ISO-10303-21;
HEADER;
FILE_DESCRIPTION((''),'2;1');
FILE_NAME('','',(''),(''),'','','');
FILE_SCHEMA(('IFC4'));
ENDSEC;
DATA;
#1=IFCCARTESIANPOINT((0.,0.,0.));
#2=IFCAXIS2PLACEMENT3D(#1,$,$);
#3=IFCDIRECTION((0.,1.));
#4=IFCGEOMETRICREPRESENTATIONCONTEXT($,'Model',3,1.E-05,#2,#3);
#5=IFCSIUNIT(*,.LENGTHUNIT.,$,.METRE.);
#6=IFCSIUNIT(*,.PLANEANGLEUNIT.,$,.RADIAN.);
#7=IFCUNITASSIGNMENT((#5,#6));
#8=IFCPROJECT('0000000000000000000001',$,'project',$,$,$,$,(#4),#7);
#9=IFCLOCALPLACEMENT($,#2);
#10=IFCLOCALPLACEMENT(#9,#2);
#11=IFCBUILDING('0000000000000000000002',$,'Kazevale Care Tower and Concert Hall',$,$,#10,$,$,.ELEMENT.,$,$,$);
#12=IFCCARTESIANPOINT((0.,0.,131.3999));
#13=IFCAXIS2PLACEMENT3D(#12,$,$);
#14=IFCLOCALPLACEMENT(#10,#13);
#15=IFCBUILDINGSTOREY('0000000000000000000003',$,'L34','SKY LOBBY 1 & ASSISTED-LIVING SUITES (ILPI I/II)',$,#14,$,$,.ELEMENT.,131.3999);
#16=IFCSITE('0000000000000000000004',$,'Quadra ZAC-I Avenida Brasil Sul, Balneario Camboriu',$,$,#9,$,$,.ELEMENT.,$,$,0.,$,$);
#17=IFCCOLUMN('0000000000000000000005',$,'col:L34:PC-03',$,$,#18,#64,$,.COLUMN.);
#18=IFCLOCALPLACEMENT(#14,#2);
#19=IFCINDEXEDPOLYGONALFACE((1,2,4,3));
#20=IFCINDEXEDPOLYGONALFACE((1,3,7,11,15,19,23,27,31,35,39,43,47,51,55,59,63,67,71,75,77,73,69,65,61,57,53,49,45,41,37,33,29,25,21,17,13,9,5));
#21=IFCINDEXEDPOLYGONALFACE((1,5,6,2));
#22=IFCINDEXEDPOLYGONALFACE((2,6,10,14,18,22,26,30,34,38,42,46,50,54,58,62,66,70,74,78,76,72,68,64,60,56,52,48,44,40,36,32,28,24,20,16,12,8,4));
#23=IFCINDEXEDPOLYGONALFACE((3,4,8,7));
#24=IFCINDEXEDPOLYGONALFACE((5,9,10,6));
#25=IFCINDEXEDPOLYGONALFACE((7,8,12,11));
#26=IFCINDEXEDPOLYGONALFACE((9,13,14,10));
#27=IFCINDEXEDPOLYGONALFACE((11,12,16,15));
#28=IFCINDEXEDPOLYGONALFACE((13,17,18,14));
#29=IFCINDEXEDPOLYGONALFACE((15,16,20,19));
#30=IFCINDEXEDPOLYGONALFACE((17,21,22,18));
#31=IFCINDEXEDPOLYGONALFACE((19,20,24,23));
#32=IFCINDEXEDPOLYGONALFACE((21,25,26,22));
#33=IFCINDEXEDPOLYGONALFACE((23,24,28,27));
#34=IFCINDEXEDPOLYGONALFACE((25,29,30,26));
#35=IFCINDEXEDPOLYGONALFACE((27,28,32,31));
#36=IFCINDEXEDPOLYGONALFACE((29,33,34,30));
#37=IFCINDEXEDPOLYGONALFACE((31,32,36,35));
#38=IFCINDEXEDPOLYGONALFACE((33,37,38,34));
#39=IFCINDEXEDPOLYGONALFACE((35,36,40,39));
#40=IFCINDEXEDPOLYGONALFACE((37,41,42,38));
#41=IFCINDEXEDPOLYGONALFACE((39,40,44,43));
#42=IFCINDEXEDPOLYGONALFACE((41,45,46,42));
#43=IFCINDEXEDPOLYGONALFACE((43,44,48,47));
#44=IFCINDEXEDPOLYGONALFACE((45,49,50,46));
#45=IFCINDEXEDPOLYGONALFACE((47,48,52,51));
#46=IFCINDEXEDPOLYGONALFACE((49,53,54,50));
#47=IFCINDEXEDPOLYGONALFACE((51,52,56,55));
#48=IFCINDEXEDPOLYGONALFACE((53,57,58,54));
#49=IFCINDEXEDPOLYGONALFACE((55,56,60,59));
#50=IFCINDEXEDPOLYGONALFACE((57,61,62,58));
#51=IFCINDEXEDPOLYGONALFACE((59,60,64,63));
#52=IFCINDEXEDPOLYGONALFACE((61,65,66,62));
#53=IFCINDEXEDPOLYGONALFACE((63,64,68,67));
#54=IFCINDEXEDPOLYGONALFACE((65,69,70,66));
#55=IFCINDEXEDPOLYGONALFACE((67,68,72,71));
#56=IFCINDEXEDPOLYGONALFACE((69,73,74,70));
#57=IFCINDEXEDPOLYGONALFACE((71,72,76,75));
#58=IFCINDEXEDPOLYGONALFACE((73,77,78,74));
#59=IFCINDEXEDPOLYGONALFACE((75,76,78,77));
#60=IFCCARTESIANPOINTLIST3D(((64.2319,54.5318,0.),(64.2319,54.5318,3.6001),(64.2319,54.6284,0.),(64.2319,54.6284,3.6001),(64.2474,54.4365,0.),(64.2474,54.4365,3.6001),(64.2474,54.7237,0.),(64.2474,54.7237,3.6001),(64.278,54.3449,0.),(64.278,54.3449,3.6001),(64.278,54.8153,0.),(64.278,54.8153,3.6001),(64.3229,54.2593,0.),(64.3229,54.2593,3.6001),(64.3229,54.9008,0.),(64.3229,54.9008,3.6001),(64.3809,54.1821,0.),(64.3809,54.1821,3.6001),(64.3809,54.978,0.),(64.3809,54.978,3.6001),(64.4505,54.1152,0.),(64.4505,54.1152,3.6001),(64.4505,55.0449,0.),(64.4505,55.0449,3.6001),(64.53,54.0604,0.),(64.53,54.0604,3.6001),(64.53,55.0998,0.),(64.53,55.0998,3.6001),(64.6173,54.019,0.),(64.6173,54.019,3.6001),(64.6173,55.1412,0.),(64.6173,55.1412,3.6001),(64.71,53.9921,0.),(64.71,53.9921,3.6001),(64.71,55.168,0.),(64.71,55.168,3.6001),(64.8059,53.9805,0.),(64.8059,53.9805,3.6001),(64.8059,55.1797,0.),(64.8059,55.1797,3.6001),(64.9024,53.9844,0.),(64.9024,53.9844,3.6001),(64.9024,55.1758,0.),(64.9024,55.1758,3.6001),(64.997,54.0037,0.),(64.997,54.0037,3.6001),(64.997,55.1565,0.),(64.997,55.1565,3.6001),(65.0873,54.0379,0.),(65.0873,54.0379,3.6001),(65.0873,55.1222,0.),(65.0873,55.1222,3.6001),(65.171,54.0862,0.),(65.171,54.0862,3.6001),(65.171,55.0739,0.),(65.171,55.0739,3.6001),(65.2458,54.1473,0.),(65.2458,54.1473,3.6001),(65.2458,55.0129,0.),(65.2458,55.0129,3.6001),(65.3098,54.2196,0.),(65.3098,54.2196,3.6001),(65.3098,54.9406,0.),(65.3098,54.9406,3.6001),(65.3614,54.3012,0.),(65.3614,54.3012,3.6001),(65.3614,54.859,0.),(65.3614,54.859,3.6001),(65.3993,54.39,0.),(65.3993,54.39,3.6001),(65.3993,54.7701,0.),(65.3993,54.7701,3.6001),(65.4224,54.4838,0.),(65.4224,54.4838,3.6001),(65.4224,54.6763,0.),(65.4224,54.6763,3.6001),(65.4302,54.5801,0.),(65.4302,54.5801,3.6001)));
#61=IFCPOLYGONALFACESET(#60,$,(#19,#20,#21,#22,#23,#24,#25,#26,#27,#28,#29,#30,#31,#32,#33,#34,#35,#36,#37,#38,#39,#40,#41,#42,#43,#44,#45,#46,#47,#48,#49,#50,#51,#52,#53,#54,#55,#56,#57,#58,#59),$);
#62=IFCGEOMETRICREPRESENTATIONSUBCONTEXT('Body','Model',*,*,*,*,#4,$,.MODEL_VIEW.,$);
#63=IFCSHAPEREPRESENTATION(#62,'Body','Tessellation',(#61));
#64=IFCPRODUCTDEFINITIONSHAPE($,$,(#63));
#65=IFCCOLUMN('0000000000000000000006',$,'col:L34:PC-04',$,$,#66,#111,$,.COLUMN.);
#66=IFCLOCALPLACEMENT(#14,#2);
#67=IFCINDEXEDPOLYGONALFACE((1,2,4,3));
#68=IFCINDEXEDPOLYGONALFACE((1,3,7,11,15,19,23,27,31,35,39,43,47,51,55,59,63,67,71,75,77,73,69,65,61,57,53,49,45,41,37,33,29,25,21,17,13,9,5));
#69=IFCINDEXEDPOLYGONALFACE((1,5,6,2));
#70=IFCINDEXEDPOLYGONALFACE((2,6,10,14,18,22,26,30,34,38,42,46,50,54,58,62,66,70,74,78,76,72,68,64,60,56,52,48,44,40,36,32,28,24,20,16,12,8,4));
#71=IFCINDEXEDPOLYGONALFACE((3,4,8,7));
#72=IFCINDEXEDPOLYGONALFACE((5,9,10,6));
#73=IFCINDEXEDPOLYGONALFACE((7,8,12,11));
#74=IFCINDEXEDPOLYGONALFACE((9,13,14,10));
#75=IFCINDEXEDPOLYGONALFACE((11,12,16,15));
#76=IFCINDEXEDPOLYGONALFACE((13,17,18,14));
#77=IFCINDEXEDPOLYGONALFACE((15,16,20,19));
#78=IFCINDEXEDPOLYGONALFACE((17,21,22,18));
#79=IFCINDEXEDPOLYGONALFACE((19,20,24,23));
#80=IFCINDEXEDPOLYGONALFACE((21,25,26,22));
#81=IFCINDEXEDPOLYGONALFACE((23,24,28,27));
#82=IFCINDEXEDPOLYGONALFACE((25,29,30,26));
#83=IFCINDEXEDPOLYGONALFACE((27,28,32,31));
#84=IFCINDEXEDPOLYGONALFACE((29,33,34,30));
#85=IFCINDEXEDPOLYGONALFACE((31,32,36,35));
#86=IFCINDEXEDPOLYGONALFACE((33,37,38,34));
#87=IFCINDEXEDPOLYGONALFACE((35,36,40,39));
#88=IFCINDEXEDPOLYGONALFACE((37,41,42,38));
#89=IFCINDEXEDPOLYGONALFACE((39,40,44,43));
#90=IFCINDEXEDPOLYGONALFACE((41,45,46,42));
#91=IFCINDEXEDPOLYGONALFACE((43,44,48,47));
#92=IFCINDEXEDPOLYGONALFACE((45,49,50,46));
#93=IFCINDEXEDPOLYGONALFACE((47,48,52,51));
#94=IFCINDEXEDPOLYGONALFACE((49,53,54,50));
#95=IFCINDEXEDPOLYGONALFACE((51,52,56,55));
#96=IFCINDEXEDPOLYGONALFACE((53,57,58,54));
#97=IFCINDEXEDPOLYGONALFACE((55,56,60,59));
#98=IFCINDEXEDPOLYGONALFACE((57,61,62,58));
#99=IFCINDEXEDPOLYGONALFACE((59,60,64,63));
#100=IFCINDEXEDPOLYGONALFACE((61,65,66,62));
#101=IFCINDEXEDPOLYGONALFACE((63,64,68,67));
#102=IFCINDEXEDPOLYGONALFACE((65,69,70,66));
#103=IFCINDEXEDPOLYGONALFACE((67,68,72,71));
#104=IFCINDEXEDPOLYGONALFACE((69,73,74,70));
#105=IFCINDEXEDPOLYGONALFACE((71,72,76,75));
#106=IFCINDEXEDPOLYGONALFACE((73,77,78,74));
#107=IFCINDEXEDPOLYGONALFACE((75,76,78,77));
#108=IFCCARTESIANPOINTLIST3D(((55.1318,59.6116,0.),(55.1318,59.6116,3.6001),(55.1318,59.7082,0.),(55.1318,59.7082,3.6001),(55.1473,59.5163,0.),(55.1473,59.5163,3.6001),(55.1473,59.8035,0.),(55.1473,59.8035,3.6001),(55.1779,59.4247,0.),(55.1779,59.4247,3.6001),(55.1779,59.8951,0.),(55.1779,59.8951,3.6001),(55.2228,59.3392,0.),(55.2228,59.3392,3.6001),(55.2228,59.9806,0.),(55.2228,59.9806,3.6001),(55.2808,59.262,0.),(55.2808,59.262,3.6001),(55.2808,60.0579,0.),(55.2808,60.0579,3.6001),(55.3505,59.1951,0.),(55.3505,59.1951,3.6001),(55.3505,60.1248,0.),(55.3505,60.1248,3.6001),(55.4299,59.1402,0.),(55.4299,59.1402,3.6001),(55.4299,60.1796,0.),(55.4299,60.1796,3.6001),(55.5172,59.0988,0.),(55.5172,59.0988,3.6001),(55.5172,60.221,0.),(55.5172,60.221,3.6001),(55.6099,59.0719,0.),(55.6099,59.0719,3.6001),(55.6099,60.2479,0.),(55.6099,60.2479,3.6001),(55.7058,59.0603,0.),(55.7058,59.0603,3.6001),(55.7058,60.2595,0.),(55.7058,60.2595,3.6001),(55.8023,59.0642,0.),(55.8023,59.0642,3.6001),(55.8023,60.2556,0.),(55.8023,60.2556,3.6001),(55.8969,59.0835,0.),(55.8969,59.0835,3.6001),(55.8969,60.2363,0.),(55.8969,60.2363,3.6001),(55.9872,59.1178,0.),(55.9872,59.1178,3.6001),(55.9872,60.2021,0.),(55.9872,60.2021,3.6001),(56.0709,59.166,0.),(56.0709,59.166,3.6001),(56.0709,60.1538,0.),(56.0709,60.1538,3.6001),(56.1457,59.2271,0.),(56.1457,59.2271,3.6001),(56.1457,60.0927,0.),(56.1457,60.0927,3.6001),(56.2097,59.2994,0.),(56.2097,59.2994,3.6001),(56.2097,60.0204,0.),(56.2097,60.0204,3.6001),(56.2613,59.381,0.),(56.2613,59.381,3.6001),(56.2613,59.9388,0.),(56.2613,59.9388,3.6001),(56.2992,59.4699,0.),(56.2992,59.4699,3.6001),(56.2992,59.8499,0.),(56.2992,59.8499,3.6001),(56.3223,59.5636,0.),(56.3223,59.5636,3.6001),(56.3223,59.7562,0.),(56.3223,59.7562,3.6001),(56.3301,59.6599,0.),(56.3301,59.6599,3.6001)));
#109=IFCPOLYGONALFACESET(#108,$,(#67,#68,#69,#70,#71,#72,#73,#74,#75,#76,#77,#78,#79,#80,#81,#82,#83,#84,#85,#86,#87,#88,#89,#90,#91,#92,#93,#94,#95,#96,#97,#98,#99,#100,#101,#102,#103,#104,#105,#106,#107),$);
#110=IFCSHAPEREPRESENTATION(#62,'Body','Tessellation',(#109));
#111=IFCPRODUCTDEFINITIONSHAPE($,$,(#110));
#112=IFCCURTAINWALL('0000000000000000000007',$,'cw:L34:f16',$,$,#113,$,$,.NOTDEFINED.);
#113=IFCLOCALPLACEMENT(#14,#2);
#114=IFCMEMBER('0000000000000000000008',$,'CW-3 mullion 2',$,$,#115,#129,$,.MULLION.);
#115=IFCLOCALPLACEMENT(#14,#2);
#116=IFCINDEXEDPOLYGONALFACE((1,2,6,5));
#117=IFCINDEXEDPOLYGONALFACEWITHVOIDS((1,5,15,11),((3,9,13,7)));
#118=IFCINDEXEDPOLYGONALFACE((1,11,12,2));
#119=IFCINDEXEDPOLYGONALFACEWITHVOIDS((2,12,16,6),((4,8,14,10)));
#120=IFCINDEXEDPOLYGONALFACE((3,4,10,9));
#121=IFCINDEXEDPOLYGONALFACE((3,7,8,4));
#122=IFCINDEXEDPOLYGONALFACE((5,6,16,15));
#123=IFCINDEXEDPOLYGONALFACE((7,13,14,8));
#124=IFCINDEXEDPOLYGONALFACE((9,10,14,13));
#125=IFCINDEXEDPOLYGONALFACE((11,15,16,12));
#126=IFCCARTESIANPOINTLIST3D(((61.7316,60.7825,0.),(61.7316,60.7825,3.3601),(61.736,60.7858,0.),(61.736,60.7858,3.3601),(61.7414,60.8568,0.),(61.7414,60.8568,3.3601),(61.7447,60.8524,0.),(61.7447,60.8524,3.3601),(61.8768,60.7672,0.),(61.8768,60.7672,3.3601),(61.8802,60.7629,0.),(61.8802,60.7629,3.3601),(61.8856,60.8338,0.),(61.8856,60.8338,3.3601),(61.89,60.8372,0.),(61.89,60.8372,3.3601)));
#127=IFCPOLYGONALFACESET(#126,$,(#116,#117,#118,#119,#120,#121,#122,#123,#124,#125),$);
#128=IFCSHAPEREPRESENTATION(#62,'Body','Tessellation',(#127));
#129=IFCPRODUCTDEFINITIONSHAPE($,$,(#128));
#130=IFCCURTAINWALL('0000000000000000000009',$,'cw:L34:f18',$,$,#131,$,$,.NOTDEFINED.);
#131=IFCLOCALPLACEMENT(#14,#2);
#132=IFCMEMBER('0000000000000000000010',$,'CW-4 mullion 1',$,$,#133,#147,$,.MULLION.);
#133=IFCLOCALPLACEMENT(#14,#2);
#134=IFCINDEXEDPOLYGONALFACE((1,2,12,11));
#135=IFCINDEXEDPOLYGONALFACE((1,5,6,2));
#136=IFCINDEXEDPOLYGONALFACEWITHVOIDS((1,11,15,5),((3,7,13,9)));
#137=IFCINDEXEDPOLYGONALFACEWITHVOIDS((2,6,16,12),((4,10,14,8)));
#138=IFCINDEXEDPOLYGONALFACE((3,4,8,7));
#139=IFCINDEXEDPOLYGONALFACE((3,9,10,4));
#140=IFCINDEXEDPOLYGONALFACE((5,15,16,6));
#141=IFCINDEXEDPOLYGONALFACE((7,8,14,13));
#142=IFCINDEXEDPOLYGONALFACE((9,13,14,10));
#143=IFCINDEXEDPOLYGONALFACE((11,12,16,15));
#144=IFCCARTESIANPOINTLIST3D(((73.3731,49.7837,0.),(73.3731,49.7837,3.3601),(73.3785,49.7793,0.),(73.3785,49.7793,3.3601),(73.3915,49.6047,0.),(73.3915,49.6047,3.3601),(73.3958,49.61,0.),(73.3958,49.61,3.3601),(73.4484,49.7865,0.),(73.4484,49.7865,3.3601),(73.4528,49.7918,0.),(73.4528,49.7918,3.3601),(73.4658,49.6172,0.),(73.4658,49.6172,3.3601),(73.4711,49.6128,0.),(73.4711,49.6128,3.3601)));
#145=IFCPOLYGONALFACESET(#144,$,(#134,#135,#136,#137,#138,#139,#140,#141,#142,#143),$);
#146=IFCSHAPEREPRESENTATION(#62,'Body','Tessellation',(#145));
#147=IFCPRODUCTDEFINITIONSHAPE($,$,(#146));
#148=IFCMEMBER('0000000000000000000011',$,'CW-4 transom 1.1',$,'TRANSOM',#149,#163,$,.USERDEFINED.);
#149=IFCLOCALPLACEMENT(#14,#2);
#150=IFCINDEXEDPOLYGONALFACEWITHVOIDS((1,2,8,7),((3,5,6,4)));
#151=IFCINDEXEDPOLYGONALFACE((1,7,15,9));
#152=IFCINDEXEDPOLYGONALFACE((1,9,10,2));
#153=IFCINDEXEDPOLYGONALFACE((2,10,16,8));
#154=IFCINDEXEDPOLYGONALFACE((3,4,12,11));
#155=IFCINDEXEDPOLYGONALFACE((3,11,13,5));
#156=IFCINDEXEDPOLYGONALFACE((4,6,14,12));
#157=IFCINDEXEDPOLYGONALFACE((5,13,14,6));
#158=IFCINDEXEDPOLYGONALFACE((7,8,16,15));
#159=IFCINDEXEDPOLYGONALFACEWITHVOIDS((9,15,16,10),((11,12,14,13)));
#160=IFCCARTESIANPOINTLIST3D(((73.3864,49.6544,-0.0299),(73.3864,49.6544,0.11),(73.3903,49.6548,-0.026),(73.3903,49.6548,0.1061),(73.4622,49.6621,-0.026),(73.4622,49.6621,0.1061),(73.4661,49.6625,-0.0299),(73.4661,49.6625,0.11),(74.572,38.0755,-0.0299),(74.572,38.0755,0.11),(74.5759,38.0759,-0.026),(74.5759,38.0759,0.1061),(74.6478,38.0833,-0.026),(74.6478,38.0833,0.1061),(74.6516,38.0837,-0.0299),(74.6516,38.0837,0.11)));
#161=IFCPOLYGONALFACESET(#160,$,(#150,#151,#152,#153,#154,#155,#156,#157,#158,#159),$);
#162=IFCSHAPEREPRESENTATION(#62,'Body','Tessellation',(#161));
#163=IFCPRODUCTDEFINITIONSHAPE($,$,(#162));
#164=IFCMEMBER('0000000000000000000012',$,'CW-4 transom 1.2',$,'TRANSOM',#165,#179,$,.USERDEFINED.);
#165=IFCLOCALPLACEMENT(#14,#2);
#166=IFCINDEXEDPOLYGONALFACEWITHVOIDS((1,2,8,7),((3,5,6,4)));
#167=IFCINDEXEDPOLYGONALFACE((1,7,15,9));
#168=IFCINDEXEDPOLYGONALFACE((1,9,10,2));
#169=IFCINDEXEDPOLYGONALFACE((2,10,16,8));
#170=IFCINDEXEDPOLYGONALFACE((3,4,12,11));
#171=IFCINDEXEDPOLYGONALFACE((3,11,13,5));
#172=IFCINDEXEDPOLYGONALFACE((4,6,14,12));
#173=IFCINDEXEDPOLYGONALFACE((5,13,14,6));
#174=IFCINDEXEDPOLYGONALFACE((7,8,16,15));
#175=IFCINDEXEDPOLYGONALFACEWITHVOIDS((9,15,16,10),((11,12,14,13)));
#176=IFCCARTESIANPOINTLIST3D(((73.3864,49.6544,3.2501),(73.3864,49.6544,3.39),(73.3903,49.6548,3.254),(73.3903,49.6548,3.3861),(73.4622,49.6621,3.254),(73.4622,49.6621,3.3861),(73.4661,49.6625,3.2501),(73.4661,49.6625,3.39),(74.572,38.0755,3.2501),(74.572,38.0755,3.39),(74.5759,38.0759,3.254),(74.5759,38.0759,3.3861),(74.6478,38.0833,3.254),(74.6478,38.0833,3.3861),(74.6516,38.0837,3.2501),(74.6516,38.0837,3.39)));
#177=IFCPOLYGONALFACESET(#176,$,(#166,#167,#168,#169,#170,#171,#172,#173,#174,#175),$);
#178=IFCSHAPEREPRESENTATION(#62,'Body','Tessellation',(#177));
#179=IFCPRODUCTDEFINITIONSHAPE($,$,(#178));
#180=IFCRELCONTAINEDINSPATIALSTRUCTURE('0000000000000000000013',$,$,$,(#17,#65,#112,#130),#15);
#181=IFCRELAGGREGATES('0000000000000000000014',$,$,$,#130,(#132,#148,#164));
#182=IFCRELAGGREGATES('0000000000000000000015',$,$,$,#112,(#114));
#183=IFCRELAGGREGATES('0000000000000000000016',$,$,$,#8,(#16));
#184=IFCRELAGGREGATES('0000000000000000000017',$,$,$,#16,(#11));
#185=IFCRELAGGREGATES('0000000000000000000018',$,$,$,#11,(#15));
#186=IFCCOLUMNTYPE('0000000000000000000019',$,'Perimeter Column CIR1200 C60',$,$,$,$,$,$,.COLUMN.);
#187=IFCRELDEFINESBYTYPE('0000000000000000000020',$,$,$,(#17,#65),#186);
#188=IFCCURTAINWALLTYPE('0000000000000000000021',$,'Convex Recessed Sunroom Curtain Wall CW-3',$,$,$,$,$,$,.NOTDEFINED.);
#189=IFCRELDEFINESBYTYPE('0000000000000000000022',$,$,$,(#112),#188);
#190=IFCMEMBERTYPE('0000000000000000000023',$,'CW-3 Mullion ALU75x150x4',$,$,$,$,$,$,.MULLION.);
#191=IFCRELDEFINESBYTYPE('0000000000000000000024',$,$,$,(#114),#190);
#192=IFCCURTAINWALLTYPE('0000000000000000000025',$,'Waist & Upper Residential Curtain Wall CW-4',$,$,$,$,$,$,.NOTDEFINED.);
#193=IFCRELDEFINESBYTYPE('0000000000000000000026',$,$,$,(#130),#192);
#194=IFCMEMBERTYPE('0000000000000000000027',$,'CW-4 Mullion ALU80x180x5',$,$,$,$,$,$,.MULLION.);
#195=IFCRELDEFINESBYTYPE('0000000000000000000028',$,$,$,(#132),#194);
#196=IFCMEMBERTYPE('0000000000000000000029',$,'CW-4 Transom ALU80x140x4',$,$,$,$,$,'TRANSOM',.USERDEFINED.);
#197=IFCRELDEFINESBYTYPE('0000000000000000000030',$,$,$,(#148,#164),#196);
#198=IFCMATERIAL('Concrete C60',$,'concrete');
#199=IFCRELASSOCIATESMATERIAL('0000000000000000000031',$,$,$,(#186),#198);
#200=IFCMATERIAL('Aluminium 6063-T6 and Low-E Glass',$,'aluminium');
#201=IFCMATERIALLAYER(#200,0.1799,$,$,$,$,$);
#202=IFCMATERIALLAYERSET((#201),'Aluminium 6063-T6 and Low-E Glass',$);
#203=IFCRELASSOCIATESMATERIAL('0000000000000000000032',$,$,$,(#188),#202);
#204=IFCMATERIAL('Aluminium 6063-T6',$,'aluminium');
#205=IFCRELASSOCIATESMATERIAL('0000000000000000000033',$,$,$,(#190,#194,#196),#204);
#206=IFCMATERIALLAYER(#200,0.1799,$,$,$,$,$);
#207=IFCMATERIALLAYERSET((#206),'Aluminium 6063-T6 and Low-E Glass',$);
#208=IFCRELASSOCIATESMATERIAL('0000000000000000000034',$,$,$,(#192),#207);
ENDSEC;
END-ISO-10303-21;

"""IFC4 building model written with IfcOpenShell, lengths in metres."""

from ifc_helpers import new_model, si_unit, direction, frame, origin, origin_2d, place, context, subcontext, project, spatial, hollow_rectangle, circle, extrude, material, layer, layer_set, material_profile, profile_set, type_object, element, aggregate, save


model = new_model("IFC4")

# Units and contexts
model_context = context("Model", 3, precision=1e-05, world=origin(), true_north=direction((0.0, 1.0)))
body_context = subcontext(model_context, "Body", "Model", "MODEL_VIEW")
ifc_project = project(units=[si_unit("LENGTHUNIT", "METRE"), si_unit("PLANEANGLEUNIT", "RADIAN")], contexts=[model_context])

# Site, building, storey
site_placement = place(None, origin())
site = spatial("IfcSite", under=ifc_project, at=site_placement, Name="Quadra ZAC-I Avenida Brasil Sul, Balneario Camboriu", CompositionType="ELEMENT", RefElevation=0.0)
building_placement = place(site_placement, origin())
building = spatial("IfcBuilding", under=site, at=building_placement, Name="Kazevale Care Tower and Concert Hall", CompositionType="ELEMENT")
storey_placement = place(building_placement, frame((0.0, 0.0, 131.3999)))
storey = spatial("IfcBuildingStorey", under=building, at=storey_placement, Name="L34", Description="SKY LOBBY 1 & ASSISTED-LIVING SUITES (ILPI I/II)", CompositionType="ELEMENT", Elevation=131.3999)

# Columns
ifc_material_1 = material(Name="Concrete C60", Category="concrete")
ifc_material_profile_1 = material_profile(ifc_material_1, circle(Radius=0.6001, at=origin_2d()), Name="RC-CIR1200")
ifc_profile_set_1 = profile_set([ifc_material_profile_1], Name="Concrete C60")
column_type = type_object("IfcColumnType", Name="Perimeter Column CIR1200 C60", PredefinedType="COLUMN", material=ifc_profile_set_1)
for number, where, z_axis, x_axis, name in (
    (1, (64.8301, 54.5801, 0.0), (0.0, 0.0, 1.0), (1.0, 0.0, 0.0), "col:L34:PC-03"),
    (2, (55.73, 59.6599, 0.0), (0.0, 0.0, 1.0), (1.0, 0.0, 0.0), "col:L34:PC-04"),
):
    element("IfcColumn", number, at=place(storey_placement, frame(where, z_axis=z_axis, x_axis=x_axis)), inside=storey, type_object=column_type, Name=name, PredefinedType="COLUMN", context=body_context, shape_type="SweptSolid", body=[
        extrude(circle(Radius=0.6001, at=origin_2d()), origin(), (0.0, 0.0, 1.0), 3.6001),
    ])

# Curtain wall, member
ifc_material_2 = material(Name="Aluminium 6063-T6 and Low-E Glass", Category="aluminium")
ifc_layer_1 = layer(ifc_material_2, 0.1799)
ifc_layer_set_1 = layer_set([ifc_layer_1], Name="Aluminium 6063-T6 and Low-E Glass")
curtain_wall_type_1 = type_object("IfcCurtainWallType", Name="Convex Recessed Sunroom Curtain Wall CW-3", PredefinedType="NOTDEFINED", material=ifc_layer_set_1)
curtain_wall_1_placement = place(storey_placement, origin())
curtain_wall_1 = element("IfcCurtainWall", 3, at=curtain_wall_1_placement, inside=storey, type_object=curtain_wall_type_1, Name="cw:L34:f16", PredefinedType="NOTDEFINED")
ifc_material_3 = material(Name="Aluminium 6063-T6", Category="aluminium")
ifc_material_profile_2 = material_profile(ifc_material_3, hollow_rectangle(XDim=0.075, YDim=0.1499, WallThickness=0.0039, at=origin_2d()), Name="ALU75x150x4")
ifc_profile_set_2 = profile_set([ifc_material_profile_2], Name="Aluminium 6063-T6")
member_type_1 = type_object("IfcMemberType", Name="CW-3 Mullion ALU75x150x4", PredefinedType="MULLION", material=ifc_profile_set_2)
member_1_placement = place(storey_placement, frame((61.8108, 60.8098, 0.0), z_axis=(0.0, 0.0, 1.0), x_axis=(0.130822, 0.991406, 0.0)))
member_1 = element("IfcMember", 4, at=member_1_placement, type_object=member_type_1, Name="CW-3 mullion 2", PredefinedType="MULLION", context=body_context, shape_type="SweptSolid", body=[
    extrude(hollow_rectangle(XDim=0.075, YDim=0.1499, WallThickness=0.0039, at=origin_2d()), origin(), (0.0, 0.0, 1.0), 3.3601),
])

# Curtain wall, members
ifc_layer_2 = layer(ifc_material_2, 0.1799)
ifc_layer_set_2 = layer_set([ifc_layer_2], Name="Aluminium 6063-T6 and Low-E Glass")
curtain_wall_type_2 = type_object("IfcCurtainWallType", Name="Waist & Upper Residential Curtain Wall CW-4", PredefinedType="NOTDEFINED", material=ifc_layer_set_2)
curtain_wall_2_placement = place(storey_placement, origin())
curtain_wall_2 = element("IfcCurtainWall", 5, at=curtain_wall_2_placement, inside=storey, type_object=curtain_wall_type_2, Name="cw:L34:f18", PredefinedType="NOTDEFINED")
ifc_material_profile_3 = material_profile(ifc_material_3, hollow_rectangle(XDim=0.0801, YDim=0.1799, WallThickness=0.0049, at=origin_2d()), Name="ALU80x180x5")
ifc_profile_set_3 = profile_set([ifc_material_profile_3], Name="Aluminium 6063-T6")
member_type_2 = type_object("IfcMemberType", Name="CW-4 Mullion ALU80x180x5", PredefinedType="MULLION", material=ifc_profile_set_3)
member_2_placement = place(storey_placement, frame((73.4221, 49.6982, 0.0), z_axis=(0.0, 0.0, 1.0), x_axis=(0.994798, 0.10187, 0.0)))
member_2 = element("IfcMember", 6, at=member_2_placement, type_object=member_type_2, Name="CW-4 mullion 1", PredefinedType="MULLION", context=body_context, shape_type="SweptSolid", body=[
    extrude(hollow_rectangle(XDim=0.0801, YDim=0.1799, WallThickness=0.0049, at=origin_2d()), origin(), (0.0, 0.0, 1.0), 3.3601),
])
ifc_material_profile_4 = material_profile(ifc_material_3, hollow_rectangle(XDim=0.0801, YDim=0.1399, WallThickness=0.0039, at=origin_2d()), Name="ALU80x140x4")
ifc_profile_set_4 = profile_set([ifc_material_profile_4], Name="Aluminium 6063-T6")
member_type_3 = type_object("IfcMemberType", Name="CW-4 Transom ALU80x140x4", ElementType="TRANSOM", PredefinedType="USERDEFINED", material=ifc_profile_set_4)
member_3_placement = place(storey_placement, frame((73.4263, 49.6584, 0.04), z_axis=(0.101856, -0.994799, 0.0), x_axis=(0.994799, 0.101856, 0.0)))
member_3 = element("IfcMember", 7, at=member_3_placement, type_object=member_type_3, Name="CW-4 transom 1.1", ObjectType="TRANSOM", PredefinedType="USERDEFINED", context=body_context, shape_type="SweptSolid", body=[
    extrude(hollow_rectangle(XDim=0.0801, YDim=0.1399, WallThickness=0.0039, at=origin_2d()), origin(), (0.0, 0.0, 1.0), 11.6394),
])
member_4_placement = place(storey_placement, frame((73.4263, 49.6584, 3.3201), z_axis=(0.101856, -0.994799, 0.0), x_axis=(0.994799, 0.101856, 0.0)))
member_4 = element("IfcMember", 8, at=member_4_placement, type_object=member_type_3, Name="CW-4 transom 1.2", ObjectType="TRANSOM", PredefinedType="USERDEFINED", context=body_context, shape_type="SweptSolid", body=[
    extrude(hollow_rectangle(XDim=0.0801, YDim=0.1399, WallThickness=0.0039, at=origin_2d()), origin(), (0.0, 0.0, 1.0), 11.6394),
])
aggregate(curtain_wall_2, [member_2, member_3, member_4])

aggregate(curtain_wall_1, [member_1])

save(model, "model.ifc")
